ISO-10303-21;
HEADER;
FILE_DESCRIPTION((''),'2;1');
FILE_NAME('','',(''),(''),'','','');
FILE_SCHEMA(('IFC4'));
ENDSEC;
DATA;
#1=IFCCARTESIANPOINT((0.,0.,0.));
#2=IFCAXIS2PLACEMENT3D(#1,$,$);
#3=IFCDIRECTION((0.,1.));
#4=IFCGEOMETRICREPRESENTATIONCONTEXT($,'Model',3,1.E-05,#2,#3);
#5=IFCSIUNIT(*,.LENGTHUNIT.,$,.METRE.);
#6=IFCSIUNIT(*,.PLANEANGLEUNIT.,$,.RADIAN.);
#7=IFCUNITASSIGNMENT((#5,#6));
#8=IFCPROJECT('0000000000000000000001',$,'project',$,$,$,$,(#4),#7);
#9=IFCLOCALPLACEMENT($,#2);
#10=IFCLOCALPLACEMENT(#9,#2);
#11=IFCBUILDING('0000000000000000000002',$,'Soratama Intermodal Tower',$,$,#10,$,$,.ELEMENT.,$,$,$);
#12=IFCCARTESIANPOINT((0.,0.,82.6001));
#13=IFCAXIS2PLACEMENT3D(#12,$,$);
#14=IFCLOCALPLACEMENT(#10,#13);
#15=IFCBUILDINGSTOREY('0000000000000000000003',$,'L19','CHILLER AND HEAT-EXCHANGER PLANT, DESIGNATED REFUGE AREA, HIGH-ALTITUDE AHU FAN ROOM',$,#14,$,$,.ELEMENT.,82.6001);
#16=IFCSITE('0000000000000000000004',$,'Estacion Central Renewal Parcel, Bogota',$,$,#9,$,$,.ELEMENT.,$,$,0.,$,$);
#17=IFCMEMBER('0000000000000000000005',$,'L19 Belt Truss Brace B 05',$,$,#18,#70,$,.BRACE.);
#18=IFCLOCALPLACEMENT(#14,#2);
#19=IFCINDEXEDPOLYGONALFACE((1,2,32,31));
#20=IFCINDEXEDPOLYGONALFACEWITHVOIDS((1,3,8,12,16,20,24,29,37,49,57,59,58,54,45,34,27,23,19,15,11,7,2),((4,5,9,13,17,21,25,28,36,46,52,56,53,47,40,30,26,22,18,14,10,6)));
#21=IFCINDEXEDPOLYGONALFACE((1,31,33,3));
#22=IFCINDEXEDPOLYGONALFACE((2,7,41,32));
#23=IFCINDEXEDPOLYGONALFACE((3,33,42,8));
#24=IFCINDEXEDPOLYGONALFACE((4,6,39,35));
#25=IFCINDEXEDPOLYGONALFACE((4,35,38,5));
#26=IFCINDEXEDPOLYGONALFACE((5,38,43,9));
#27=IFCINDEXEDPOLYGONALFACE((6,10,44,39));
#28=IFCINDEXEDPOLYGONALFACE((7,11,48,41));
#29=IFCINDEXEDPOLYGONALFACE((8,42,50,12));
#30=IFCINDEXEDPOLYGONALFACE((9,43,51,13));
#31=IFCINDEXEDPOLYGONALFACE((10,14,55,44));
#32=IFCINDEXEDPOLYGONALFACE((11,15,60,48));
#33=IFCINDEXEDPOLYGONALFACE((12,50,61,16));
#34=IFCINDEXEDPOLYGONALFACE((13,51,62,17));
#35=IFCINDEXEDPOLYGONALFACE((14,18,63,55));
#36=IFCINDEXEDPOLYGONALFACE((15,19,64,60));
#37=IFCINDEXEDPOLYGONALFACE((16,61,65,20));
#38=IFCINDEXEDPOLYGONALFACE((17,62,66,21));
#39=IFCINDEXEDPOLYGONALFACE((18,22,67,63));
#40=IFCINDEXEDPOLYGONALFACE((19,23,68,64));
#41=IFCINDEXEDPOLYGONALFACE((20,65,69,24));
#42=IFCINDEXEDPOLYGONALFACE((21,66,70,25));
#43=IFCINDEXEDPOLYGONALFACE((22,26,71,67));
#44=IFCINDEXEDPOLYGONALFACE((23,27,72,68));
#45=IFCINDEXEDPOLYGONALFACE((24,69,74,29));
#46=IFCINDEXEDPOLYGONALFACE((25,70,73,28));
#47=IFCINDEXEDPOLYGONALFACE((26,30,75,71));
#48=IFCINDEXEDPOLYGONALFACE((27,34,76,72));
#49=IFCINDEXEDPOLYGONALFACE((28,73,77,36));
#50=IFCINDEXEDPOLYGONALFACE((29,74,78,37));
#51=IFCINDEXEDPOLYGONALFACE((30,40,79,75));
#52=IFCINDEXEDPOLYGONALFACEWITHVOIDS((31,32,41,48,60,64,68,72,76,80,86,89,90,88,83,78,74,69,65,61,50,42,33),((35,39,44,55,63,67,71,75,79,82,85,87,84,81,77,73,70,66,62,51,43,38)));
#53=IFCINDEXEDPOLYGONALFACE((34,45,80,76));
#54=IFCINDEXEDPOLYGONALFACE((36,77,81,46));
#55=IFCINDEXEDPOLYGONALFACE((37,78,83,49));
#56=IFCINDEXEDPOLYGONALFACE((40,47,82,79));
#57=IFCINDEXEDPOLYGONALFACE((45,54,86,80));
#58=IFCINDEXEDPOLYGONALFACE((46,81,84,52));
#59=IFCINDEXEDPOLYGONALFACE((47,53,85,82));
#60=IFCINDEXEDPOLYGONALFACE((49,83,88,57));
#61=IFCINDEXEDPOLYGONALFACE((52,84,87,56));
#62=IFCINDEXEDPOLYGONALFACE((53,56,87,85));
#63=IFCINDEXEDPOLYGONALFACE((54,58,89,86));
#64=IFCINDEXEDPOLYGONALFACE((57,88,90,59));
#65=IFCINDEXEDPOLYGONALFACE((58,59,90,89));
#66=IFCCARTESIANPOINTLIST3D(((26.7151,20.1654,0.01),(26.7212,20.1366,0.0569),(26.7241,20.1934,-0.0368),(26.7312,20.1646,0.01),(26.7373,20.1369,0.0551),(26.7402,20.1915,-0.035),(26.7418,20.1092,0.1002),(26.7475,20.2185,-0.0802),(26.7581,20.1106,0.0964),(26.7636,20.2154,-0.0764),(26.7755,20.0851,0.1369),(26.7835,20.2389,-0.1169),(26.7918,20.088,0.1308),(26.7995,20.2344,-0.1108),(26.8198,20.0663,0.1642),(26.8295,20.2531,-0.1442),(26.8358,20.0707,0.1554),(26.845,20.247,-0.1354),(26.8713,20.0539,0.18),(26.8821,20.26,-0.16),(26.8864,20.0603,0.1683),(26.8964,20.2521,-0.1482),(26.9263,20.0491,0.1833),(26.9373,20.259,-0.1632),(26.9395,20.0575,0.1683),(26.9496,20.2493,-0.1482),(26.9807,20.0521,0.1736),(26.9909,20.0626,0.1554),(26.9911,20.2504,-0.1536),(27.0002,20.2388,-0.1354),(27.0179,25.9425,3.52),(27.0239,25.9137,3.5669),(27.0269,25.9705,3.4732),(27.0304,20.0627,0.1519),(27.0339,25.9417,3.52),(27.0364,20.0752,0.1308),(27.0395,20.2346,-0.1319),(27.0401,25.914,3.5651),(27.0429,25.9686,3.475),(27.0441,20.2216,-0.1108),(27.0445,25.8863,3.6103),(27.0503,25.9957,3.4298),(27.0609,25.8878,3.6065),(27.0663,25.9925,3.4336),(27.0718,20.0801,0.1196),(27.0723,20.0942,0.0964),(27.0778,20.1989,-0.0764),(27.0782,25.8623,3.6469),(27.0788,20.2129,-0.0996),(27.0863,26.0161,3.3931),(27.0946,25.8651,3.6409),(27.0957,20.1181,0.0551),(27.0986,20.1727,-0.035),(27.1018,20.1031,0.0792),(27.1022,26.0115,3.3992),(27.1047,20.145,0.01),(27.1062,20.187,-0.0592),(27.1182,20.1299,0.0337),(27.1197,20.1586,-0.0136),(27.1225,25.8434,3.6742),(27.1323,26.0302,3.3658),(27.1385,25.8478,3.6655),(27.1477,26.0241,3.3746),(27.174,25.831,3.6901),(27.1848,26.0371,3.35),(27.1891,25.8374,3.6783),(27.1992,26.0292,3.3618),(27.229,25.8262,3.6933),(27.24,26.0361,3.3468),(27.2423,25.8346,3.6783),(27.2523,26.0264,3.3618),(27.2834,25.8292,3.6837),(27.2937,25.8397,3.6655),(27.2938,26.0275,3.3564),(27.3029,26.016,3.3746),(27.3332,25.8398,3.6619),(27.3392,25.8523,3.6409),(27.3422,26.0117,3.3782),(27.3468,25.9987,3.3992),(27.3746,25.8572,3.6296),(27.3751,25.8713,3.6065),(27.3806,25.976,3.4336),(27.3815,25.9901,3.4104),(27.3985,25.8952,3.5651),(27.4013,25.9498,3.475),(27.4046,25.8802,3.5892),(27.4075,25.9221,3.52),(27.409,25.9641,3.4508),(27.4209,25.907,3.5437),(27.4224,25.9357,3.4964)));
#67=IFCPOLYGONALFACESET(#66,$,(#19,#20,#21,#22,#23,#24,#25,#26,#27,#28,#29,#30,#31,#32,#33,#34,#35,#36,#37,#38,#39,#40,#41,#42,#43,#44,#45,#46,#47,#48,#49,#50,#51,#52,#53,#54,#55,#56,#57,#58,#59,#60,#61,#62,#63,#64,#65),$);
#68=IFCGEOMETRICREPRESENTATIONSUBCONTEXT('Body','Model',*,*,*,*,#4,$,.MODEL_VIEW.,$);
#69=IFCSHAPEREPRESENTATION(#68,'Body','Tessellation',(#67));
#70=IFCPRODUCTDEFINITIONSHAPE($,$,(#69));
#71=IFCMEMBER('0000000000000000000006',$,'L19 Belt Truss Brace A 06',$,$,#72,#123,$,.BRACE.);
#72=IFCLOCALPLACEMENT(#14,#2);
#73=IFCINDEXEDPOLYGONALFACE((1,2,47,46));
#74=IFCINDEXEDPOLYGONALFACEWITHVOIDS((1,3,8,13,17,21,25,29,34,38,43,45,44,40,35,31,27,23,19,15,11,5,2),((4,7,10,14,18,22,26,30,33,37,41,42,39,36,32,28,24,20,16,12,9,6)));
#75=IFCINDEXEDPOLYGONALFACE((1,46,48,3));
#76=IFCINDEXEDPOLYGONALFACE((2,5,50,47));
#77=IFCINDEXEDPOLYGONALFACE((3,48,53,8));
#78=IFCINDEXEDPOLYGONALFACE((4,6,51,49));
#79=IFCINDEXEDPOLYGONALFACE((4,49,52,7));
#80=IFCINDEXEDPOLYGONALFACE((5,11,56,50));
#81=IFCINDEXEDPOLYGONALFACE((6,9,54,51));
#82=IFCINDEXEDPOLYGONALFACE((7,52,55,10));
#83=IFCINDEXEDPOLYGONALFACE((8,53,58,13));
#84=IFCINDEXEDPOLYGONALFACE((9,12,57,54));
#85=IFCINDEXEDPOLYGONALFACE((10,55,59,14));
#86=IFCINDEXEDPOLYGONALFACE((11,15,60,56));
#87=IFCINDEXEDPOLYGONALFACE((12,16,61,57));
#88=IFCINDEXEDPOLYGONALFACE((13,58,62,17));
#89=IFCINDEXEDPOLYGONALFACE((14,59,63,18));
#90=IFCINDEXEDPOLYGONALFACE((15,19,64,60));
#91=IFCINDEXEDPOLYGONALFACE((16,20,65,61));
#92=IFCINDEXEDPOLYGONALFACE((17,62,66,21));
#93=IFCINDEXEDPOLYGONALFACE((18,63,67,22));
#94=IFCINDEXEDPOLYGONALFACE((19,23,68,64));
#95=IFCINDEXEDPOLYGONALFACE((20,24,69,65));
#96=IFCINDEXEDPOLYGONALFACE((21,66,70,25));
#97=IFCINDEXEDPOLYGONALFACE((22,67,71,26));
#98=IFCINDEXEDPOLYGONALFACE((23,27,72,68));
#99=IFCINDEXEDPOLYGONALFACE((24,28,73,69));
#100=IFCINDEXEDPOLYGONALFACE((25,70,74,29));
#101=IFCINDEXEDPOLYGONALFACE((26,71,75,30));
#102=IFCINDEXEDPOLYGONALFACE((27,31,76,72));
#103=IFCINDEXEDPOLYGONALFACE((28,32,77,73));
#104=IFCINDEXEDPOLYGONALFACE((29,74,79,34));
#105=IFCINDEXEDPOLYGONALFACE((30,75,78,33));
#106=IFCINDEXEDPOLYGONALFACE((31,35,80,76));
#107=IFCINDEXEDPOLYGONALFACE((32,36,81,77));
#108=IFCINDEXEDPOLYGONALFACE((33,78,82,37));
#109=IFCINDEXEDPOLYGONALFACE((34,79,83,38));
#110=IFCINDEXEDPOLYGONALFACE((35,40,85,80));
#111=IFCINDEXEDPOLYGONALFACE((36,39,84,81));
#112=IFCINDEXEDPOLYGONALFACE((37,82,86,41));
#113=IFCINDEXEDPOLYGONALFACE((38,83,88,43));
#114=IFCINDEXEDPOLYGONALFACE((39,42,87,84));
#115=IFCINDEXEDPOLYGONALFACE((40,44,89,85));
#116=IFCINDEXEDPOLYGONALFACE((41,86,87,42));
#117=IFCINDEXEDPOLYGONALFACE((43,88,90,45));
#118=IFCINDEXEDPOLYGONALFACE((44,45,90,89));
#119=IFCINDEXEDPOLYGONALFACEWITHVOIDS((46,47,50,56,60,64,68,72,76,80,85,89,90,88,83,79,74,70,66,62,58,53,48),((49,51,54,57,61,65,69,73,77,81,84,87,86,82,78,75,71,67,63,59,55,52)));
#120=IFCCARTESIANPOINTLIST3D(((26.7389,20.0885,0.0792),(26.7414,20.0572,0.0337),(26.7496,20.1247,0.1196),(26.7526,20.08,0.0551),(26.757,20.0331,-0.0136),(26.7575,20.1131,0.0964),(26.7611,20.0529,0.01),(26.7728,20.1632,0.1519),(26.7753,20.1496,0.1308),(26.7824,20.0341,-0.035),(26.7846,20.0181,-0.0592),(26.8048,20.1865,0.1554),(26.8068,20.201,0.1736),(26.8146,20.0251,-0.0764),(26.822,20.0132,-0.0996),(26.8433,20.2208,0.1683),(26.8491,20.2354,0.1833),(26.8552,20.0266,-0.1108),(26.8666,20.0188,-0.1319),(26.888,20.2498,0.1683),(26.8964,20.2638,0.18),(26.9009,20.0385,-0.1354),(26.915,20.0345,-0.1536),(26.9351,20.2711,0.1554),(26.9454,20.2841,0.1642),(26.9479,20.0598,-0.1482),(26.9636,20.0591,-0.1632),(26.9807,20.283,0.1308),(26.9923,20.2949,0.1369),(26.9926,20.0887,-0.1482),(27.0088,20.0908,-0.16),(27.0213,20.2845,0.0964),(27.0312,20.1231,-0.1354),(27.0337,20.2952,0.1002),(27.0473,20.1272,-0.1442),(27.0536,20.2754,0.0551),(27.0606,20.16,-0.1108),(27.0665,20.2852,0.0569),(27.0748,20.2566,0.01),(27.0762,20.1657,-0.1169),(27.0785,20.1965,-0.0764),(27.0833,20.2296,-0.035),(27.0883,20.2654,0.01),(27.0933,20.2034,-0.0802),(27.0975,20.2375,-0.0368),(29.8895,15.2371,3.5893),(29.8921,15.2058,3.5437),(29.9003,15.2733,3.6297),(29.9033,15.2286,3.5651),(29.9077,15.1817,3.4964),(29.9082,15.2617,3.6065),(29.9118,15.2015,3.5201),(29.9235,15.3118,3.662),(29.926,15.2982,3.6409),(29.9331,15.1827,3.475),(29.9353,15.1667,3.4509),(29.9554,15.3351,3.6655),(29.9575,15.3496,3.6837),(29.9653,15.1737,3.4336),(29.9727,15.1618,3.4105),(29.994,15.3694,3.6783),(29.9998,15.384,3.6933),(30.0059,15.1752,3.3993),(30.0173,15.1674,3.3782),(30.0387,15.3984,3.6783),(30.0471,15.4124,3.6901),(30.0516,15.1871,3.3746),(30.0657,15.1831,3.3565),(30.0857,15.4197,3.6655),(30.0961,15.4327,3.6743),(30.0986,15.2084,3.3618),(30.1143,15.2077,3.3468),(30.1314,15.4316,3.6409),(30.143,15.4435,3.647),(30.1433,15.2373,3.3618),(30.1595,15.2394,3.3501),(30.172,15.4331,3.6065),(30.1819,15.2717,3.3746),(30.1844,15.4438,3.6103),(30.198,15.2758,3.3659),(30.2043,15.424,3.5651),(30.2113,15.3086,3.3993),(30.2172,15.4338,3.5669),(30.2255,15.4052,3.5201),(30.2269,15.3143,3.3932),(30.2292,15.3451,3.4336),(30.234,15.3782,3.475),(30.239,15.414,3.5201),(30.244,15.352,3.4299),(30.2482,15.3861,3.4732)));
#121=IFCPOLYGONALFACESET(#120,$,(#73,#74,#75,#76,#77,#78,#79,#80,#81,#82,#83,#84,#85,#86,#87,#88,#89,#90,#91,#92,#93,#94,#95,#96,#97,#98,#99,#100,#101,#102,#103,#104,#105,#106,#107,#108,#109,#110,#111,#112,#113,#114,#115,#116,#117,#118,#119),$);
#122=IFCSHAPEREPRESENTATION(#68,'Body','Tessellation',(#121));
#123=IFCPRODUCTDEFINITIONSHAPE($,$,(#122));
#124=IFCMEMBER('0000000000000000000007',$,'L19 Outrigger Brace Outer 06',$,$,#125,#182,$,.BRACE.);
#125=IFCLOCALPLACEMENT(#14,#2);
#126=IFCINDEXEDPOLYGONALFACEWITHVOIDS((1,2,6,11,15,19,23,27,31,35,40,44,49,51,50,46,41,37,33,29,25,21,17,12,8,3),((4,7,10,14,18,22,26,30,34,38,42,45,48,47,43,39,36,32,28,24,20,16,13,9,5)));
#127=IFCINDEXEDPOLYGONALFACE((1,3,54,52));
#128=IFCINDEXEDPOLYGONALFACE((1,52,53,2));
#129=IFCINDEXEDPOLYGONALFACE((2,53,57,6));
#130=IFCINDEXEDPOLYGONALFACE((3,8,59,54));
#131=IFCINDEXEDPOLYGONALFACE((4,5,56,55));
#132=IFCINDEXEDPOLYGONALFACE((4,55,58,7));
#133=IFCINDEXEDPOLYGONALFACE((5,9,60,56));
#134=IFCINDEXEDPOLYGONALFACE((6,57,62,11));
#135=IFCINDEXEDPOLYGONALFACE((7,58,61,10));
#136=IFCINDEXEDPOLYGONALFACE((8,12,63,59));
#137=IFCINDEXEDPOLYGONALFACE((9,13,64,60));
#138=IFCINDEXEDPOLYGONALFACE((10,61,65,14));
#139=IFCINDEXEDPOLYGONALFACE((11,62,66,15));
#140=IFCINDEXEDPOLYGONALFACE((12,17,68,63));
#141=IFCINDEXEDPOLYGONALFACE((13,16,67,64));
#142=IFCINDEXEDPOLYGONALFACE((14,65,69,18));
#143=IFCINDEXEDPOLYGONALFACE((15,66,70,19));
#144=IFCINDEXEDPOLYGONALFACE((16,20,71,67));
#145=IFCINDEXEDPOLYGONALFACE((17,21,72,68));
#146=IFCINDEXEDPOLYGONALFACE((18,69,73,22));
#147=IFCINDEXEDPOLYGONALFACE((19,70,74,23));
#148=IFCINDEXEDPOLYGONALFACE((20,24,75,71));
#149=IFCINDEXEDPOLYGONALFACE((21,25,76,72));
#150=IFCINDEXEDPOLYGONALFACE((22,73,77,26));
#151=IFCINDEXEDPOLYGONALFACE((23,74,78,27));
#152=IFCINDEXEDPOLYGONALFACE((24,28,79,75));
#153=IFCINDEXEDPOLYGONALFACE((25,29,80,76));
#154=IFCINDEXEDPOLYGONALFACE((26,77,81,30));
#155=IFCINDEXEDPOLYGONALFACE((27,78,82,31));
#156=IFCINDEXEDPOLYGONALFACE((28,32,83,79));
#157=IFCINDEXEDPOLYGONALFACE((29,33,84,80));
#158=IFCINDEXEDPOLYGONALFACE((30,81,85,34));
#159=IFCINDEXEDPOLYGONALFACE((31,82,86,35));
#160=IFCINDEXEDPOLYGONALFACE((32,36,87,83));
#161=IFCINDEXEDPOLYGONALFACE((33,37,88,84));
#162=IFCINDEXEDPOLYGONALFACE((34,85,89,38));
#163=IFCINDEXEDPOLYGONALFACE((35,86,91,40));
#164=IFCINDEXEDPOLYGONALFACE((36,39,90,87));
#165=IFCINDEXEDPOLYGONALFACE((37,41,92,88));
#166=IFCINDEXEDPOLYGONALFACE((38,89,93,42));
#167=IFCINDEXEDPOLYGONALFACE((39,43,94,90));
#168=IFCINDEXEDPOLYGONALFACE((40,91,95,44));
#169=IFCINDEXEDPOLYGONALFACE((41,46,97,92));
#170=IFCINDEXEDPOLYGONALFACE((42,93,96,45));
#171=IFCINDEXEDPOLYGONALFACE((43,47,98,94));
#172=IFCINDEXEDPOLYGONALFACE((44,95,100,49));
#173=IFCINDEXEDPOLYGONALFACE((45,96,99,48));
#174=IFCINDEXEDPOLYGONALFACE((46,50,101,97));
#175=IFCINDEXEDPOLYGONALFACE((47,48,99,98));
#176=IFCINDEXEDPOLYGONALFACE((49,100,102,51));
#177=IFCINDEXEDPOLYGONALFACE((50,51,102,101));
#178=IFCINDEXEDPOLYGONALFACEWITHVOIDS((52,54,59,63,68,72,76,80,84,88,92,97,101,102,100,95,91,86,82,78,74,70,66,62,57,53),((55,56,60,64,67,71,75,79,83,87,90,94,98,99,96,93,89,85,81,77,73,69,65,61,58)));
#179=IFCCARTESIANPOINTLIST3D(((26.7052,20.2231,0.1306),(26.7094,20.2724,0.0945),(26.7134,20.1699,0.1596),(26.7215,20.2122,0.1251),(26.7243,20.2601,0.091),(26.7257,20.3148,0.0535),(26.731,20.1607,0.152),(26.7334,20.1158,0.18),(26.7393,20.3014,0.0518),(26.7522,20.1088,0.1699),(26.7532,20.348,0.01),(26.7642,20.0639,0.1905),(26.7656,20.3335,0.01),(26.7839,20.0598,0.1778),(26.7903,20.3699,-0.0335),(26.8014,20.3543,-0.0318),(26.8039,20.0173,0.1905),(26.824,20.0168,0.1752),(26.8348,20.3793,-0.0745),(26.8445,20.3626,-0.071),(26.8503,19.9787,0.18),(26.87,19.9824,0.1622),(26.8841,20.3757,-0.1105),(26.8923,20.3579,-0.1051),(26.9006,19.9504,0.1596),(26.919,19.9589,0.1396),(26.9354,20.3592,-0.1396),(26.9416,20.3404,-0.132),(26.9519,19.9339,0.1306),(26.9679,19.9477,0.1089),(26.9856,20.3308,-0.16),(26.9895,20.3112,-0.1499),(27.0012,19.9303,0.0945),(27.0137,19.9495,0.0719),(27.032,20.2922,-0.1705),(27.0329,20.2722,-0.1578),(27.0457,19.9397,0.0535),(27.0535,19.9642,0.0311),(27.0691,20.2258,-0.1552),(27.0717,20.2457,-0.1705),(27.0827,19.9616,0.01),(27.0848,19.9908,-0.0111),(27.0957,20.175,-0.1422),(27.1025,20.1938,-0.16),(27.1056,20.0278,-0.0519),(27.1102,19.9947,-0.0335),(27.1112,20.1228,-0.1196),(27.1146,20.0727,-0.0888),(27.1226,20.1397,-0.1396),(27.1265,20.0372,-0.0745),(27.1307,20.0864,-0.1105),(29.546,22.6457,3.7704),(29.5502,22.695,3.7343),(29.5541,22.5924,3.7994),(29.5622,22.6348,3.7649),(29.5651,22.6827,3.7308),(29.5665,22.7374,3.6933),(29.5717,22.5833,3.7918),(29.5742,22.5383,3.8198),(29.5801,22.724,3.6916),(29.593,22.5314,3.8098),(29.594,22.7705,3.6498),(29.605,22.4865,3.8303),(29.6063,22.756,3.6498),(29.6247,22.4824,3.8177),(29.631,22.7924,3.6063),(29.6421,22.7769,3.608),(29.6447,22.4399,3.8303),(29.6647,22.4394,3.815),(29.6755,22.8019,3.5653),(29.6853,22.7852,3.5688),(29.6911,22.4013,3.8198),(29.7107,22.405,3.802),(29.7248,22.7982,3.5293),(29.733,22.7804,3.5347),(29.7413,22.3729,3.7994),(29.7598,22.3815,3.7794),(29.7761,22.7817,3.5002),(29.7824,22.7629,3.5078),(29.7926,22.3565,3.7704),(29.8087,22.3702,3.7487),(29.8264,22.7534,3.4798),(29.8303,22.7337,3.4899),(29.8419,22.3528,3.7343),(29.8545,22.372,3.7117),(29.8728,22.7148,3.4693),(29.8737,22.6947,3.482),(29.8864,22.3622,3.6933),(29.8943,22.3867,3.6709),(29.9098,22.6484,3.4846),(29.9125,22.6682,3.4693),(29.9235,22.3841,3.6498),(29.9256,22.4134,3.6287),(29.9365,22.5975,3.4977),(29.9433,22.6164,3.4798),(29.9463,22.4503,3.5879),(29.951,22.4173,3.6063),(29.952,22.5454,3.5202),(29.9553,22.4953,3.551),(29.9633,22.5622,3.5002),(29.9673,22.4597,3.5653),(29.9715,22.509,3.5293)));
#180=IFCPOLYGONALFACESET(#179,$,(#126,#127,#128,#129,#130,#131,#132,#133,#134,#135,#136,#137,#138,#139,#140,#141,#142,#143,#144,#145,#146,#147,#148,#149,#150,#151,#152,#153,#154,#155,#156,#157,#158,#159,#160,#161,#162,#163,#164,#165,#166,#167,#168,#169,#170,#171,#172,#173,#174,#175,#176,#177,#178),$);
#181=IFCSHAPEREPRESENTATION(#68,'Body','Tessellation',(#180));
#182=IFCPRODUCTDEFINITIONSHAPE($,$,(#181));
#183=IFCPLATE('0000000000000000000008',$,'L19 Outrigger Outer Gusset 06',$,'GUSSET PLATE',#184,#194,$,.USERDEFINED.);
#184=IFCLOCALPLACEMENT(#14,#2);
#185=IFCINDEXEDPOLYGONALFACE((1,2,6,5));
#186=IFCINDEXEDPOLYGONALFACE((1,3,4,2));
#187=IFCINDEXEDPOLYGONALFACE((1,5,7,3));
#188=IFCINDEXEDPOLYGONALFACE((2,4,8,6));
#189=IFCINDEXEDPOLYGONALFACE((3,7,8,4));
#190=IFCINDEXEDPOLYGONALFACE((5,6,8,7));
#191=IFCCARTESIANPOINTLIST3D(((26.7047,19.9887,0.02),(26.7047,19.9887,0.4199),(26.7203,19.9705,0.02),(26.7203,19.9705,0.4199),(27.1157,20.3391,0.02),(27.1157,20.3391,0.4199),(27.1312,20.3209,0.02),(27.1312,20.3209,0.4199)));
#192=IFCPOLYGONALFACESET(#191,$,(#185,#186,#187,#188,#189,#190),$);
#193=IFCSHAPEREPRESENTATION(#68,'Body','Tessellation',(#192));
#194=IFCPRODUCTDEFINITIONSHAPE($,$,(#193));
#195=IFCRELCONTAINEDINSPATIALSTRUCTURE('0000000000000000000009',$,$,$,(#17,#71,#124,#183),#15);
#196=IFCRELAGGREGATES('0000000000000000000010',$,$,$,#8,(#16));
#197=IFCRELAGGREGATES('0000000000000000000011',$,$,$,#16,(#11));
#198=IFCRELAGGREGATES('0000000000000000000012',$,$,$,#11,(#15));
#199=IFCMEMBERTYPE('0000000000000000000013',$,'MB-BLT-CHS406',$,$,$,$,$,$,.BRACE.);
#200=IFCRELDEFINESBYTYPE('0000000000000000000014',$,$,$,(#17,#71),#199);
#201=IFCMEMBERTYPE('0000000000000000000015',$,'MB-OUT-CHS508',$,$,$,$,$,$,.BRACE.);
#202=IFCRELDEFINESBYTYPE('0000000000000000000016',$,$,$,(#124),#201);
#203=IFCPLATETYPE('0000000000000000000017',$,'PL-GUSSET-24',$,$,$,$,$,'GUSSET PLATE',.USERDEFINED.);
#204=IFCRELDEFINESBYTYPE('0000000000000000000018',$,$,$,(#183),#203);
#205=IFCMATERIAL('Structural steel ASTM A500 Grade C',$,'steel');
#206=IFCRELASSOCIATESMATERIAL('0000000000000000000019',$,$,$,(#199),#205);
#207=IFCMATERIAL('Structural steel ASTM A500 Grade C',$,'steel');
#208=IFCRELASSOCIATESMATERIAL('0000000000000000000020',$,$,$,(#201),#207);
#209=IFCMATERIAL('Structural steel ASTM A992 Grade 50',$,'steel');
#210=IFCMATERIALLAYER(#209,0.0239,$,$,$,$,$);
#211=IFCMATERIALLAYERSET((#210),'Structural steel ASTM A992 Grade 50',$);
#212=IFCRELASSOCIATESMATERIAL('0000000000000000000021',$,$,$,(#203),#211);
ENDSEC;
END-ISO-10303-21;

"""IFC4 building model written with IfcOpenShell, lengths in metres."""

from ifc_helpers import new_model, si_unit, direction, frame, origin, origin_2d, place, context, subcontext, project, spatial, rectangle, hollow_circle, extrude, material, layer, layer_set, material_profile, profile_set, type_object, element, save


model = new_model("IFC4")

# Units and contexts
model_context = context("Model", 3, precision=1e-05, world=origin(), true_north=direction((0.0, 1.0)))
body_context = subcontext(model_context, "Body", "Model", "MODEL_VIEW")
ifc_project = project(units=[si_unit("LENGTHUNIT", "METRE"), si_unit("PLANEANGLEUNIT", "RADIAN")], contexts=[model_context])

# Site, building, storey
site_placement = place(None, origin())
site = spatial("IfcSite", under=ifc_project, at=site_placement, Name="Estacion Central Renewal Parcel, Bogota", CompositionType="ELEMENT", RefElevation=0.0)
building_placement = place(site_placement, origin())
building = spatial("IfcBuilding", under=site, at=building_placement, Name="Soratama Intermodal Tower", CompositionType="ELEMENT")
storey_placement = place(building_placement, frame((0.0, 0.0, 82.6001)))
storey = spatial("IfcBuildingStorey", under=building, at=storey_placement, Name="L19", Description="CHILLER AND HEAT-EXCHANGER PLANT, DESIGNATED REFUGE AREA, HIGH-ALTITUDE AHU FAN ROOM", CompositionType="ELEMENT", Elevation=82.6001)

# Members
ifc_material_1 = material(Name="Structural steel ASTM A500 Grade C", Category="steel")
ifc_material_profile_1 = material_profile(ifc_material_1, hollow_circle(Radius=0.2031, WallThickness=0.0161, at=origin_2d()), Name="CHS406X16")
ifc_profile_set_1 = profile_set([ifc_material_profile_1], Name="Structural steel ASTM A500 Grade C")
member_type_1 = type_object("IfcMemberType", Name="MB-BLT-CHS406", PredefinedType="BRACE", material=ifc_profile_set_1)
member_1_placement = place(storey_placement, frame((26.918, 20.1548, 0.01), z_axis=(0.04474, 0.853769, 0.518727), x_axis=(-0.99863, 0.052331, 0.0)))
element("IfcMember", 1, at=member_1_placement, inside=storey, type_object=member_type_1, Name="L19 Belt Truss Brace B 05", PredefinedType="BRACE", context=body_context, shape_type="SweptSolid", body=[
    extrude(hollow_circle(Radius=0.2031, WallThickness=0.0161, at=origin_2d()), origin(), (0.0, 0.0, 1.0), 6.7666),
])
member_2_placement = place(storey_placement, frame((26.918, 20.1548, 0.01), z_axis=(0.465641, -0.716989, 0.518754), x_axis=(0.838659, 0.544657, 0.0)))
element("IfcMember", 2, at=member_2_placement, inside=storey, type_object=member_type_1, Name="L19 Belt Truss Brace A 06", PredefinedType="BRACE", context=body_context, shape_type="SweptSolid", body=[
    extrude(hollow_circle(Radius=0.2031, WallThickness=0.0161, at=origin_2d()), origin(), (0.0, 0.0, 1.0), 6.7664),
])
ifc_material_2 = material(Name="Structural steel ASTM A500 Grade C", Category="steel")
ifc_material_profile_2 = material_profile(ifc_material_2, hollow_circle(Radius=0.2539, WallThickness=0.019, at=origin_2d()), Name="CHS508X19")
ifc_profile_set_2 = profile_set([ifc_material_profile_2], Name="Structural steel ASTM A500 Grade C")
member_type_2 = type_object("IfcMemberType", Name="MB-OUT-CHS508", PredefinedType="BRACE", material=ifc_profile_set_2)
member_3_placement = place(storey_placement, frame((26.918, 20.1548, 0.01), z_axis=(0.544822, 0.464615, 0.69807), x_axis=(-0.648878, 0.760893, 0.0)))
element("IfcMember", 3, at=member_3_placement, inside=storey, type_object=member_type_2, Name="L19 Outrigger Brace Outer 06", PredefinedType="BRACE", context=body_context, shape_type="SweptSolid", body=[
    extrude(hollow_circle(Radius=0.2539, WallThickness=0.019, at=origin_2d()), origin(), (0.0, 0.0, 1.0), 5.2141),
])

# Plate
ifc_material_3 = material(Name="Structural steel ASTM A992 Grade 50", Category="steel")
ifc_layer_1 = layer(ifc_material_3, 0.0239)
ifc_layer_set_1 = layer_set([ifc_layer_1], Name="Structural steel ASTM A992 Grade 50")
plate_type_1 = type_object("IfcPlateType", Name="PL-GUSSET-24", ElementType="GUSSET PLATE", PredefinedType="USERDEFINED", material=ifc_layer_set_1)
plate_1_placement = place(storey_placement, frame((26.918, 20.1548, 0.02), z_axis=(0.0, 0.0, 1.0), x_axis=(-0.760972, -0.648784, 0.0)))
element("IfcPlate", 4, at=plate_1_placement, inside=storey, type_object=plate_type_1, Name="L19 Outrigger Outer Gusset 06", ObjectType="GUSSET PLATE", PredefinedType="USERDEFINED", context=body_context, shape_type="SweptSolid", body=[
    extrude(rectangle(XDim=0.54, YDim=0.0239, at=origin_2d()), origin(), (0.0, 0.0, 1.0), 0.3999),
])

save(model, "model.ifc")
